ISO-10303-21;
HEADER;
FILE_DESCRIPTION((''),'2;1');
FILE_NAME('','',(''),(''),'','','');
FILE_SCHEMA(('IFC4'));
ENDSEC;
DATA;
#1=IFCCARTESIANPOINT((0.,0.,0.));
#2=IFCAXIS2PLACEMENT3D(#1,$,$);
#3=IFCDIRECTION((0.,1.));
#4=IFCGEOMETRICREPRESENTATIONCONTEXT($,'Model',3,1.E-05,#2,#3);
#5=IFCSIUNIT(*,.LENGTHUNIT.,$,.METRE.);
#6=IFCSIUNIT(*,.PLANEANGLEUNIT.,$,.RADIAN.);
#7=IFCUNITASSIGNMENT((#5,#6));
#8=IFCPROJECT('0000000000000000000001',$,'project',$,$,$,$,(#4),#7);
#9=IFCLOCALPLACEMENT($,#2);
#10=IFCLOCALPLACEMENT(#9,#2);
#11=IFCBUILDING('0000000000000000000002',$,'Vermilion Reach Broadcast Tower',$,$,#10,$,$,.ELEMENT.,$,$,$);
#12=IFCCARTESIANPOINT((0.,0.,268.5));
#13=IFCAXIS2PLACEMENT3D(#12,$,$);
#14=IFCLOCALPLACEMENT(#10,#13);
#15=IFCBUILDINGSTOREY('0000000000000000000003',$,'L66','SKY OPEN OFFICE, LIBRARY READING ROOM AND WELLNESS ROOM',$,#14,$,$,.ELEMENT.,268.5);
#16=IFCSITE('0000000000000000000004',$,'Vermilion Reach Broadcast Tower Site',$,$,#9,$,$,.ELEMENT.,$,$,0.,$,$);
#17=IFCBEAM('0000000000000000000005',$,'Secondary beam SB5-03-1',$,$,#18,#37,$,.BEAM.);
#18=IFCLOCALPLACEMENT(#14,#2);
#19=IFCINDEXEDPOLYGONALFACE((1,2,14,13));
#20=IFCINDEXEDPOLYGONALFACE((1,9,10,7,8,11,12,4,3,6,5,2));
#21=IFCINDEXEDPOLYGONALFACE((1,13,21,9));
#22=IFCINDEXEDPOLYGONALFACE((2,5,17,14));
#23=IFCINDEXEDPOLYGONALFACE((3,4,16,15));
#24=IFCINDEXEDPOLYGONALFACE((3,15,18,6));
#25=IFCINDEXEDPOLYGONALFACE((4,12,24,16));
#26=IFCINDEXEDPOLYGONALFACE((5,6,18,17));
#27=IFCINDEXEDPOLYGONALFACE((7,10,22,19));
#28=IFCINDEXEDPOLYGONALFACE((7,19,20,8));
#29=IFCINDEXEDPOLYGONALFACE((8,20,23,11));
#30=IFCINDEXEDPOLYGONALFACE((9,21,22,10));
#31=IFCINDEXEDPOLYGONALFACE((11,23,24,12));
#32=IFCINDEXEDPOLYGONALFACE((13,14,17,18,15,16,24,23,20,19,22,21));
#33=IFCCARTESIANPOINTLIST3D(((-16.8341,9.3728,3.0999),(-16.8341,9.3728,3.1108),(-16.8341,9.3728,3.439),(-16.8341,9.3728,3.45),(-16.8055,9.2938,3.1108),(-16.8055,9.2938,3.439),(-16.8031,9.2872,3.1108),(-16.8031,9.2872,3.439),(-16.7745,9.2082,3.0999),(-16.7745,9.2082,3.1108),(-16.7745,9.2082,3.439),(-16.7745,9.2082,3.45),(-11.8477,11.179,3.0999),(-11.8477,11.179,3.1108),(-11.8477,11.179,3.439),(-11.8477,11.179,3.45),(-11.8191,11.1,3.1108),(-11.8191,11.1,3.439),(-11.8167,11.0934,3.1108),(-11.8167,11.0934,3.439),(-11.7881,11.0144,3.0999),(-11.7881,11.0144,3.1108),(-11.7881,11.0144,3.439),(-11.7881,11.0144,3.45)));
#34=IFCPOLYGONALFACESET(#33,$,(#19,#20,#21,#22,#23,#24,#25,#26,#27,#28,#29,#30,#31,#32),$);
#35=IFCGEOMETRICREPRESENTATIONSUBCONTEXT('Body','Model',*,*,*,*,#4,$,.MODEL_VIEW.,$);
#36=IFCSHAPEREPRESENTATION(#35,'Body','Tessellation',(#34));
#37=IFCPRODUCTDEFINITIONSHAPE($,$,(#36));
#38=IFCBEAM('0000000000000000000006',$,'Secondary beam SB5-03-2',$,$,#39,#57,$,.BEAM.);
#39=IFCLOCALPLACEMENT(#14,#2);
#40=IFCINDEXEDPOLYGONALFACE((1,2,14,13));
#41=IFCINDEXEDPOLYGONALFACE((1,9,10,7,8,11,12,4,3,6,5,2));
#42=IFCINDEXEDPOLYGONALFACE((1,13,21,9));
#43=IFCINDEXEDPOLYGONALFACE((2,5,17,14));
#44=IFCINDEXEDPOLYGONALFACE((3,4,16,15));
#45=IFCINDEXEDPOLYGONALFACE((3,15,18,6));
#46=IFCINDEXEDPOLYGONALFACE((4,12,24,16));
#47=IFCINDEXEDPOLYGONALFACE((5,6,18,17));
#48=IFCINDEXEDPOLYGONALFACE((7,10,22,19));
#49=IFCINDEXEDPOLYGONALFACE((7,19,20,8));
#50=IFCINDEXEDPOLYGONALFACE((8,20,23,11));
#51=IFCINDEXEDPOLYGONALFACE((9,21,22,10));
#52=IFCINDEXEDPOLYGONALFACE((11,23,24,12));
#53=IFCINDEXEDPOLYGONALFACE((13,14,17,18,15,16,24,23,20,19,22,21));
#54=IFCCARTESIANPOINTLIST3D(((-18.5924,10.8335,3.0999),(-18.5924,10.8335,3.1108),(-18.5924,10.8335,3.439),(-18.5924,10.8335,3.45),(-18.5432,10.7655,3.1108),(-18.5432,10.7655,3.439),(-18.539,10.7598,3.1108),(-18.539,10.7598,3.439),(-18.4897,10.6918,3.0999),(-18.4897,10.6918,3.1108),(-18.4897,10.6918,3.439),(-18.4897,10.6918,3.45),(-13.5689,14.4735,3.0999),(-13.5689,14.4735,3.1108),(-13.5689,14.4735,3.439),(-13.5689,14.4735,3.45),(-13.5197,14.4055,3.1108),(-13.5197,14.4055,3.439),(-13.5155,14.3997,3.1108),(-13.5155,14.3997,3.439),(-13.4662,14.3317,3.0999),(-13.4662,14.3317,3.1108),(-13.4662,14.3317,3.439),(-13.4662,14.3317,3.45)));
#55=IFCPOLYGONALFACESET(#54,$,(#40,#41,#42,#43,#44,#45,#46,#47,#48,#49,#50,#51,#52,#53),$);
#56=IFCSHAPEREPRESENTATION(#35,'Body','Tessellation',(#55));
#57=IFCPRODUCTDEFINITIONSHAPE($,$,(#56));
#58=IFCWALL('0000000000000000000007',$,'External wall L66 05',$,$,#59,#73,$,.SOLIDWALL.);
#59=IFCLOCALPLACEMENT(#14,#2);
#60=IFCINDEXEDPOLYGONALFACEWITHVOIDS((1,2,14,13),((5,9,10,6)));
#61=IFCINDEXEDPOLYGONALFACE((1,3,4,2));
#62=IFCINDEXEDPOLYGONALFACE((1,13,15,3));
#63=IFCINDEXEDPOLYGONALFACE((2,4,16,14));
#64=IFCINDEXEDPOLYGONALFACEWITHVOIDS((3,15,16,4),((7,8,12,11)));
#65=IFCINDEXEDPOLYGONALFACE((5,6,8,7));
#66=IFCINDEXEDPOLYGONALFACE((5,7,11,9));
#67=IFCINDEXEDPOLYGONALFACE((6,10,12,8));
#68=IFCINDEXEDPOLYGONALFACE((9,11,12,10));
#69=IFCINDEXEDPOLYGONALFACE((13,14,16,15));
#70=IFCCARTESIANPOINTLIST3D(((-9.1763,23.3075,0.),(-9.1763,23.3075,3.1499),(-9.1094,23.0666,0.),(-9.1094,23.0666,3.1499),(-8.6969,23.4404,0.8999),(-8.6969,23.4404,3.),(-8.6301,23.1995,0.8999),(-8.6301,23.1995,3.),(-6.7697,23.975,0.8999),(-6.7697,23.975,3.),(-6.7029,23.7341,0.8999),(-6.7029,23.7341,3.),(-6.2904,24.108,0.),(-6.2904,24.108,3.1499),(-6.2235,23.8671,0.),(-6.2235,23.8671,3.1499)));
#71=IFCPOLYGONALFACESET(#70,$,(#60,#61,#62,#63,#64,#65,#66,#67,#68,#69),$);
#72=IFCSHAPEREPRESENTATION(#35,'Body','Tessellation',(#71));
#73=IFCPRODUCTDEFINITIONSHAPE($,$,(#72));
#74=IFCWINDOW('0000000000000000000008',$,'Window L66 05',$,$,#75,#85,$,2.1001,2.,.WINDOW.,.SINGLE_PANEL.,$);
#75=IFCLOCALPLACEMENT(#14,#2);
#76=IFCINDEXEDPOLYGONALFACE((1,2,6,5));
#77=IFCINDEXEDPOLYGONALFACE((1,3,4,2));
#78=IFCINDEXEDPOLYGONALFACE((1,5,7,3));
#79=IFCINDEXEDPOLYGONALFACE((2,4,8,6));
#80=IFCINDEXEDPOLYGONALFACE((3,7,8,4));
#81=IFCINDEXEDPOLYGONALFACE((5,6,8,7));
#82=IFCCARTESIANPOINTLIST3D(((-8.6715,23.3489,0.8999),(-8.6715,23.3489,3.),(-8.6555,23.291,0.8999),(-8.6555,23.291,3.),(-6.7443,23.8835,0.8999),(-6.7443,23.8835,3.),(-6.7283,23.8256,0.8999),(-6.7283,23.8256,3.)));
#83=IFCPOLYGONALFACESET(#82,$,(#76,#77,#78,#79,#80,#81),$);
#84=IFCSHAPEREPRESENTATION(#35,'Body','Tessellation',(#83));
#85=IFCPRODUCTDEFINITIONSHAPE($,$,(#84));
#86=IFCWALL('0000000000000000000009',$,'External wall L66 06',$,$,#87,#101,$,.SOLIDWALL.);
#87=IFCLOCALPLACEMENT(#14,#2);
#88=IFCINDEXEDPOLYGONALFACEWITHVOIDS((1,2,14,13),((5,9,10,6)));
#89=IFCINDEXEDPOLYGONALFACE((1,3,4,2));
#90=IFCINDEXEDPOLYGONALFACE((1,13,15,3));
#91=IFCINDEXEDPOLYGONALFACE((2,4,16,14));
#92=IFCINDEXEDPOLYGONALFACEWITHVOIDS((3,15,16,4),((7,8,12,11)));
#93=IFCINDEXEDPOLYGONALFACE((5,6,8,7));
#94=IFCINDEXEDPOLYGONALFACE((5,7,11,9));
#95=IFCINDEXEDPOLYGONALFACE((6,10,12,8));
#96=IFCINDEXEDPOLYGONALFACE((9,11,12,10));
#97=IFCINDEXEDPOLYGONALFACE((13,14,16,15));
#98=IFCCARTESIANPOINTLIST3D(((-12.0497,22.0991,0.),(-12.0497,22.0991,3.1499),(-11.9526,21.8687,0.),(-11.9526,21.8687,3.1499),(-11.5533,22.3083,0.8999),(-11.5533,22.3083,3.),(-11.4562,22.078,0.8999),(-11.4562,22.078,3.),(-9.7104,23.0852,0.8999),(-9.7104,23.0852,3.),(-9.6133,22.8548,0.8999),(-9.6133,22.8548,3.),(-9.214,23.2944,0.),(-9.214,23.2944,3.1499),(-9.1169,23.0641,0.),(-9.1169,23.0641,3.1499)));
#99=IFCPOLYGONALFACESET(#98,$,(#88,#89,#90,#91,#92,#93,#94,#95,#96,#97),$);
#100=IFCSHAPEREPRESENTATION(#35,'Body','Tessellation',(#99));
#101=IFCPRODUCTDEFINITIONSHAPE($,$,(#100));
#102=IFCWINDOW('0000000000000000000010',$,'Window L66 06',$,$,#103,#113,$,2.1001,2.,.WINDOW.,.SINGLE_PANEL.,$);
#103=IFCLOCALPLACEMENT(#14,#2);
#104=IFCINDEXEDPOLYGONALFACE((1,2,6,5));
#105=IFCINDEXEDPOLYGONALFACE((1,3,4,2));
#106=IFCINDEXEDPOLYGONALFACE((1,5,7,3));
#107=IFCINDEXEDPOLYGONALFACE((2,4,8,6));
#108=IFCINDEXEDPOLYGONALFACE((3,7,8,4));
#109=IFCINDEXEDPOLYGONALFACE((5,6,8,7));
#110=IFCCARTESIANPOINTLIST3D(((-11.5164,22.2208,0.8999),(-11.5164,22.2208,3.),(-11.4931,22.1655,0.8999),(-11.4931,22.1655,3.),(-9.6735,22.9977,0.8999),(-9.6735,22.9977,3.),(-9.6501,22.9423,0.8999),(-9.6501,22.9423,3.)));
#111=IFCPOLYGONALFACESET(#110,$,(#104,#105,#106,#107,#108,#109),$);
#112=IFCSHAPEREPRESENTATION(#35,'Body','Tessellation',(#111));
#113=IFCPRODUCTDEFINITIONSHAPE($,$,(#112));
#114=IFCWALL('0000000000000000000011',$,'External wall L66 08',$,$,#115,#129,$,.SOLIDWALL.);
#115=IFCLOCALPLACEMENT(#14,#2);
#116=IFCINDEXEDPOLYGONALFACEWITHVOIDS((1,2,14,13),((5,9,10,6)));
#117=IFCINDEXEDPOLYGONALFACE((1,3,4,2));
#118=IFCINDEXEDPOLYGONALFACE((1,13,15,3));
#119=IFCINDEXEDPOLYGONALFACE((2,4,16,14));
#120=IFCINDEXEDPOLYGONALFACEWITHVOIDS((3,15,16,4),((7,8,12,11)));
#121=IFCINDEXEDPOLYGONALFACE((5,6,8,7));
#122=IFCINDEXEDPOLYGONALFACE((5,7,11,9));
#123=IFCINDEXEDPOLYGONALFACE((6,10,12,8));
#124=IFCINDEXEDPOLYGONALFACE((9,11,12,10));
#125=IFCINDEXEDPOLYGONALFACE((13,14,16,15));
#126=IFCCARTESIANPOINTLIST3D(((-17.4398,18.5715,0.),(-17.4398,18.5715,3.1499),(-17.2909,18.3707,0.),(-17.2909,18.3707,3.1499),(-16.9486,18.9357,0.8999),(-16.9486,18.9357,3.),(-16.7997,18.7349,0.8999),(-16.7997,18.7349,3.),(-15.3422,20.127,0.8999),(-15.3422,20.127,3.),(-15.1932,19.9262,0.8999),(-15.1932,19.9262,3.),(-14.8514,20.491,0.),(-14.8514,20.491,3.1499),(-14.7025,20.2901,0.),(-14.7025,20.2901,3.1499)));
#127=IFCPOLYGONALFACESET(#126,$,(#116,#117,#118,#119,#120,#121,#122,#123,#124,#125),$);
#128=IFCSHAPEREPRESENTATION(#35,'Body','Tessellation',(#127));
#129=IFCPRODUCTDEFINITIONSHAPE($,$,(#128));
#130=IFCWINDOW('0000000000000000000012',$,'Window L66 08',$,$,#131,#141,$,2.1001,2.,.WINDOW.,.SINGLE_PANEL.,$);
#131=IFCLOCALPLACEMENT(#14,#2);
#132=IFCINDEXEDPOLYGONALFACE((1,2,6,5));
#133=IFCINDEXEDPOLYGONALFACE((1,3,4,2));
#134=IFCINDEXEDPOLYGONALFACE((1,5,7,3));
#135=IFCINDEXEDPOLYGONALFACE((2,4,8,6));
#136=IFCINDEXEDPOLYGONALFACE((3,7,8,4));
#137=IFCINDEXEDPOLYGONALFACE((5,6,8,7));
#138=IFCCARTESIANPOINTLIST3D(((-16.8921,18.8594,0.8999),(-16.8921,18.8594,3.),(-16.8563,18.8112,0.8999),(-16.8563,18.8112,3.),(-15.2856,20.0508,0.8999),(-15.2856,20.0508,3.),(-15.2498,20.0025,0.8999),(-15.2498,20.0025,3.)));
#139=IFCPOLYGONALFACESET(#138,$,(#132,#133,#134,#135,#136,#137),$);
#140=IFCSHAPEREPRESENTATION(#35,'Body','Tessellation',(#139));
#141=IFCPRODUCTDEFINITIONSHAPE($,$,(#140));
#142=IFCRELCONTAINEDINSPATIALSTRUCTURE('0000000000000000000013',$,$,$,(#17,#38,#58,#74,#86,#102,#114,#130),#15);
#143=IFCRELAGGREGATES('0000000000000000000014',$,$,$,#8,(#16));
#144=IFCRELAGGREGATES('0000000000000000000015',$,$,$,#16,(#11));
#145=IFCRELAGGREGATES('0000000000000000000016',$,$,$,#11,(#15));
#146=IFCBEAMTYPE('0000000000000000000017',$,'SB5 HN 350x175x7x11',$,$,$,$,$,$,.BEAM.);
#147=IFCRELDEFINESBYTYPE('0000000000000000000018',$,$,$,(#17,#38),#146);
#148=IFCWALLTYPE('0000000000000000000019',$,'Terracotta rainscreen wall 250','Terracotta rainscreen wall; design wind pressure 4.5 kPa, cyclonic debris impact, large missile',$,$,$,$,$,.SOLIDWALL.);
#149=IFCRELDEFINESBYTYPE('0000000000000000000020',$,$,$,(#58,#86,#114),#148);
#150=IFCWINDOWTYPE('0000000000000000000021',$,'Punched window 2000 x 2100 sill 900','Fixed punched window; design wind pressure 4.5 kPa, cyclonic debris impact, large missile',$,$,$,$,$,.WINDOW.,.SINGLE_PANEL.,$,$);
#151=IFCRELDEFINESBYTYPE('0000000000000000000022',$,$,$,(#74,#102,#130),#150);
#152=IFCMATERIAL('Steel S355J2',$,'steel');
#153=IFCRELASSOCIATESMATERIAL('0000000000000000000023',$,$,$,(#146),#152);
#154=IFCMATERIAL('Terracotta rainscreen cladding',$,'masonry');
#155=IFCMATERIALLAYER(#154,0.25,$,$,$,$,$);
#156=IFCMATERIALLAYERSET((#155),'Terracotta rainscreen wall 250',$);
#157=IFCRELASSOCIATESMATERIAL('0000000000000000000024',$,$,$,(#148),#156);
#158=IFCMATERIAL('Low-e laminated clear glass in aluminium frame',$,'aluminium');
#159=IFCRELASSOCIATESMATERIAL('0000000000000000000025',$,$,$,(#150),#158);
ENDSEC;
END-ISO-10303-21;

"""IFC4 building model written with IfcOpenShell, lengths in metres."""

from ifc_helpers import new_model, si_unit, direction, frame, frame_2d, origin, origin_2d, place, context, subcontext, project, spatial, rectangle, i_section, extrude, material, layer, layer_set, material_profile, profile_set, type_object, element, fill, save


model = new_model("IFC4")

# Units and contexts
model_context = context("Model", 3, precision=1e-05, world=origin(), true_north=direction((0.0, 1.0)))
body_context = subcontext(model_context, "Body", "Model", "MODEL_VIEW")
ifc_project = project(units=[si_unit("LENGTHUNIT", "METRE"), si_unit("PLANEANGLEUNIT", "RADIAN")], contexts=[model_context])

# Site, building, storey
site_placement = place(None, origin())
site = spatial("IfcSite", under=ifc_project, at=site_placement, Name="Vermilion Reach Broadcast Tower Site", CompositionType="ELEMENT", RefElevation=0.0)
building_placement = place(site_placement, origin())
building = spatial("IfcBuilding", under=site, at=building_placement, Name="Vermilion Reach Broadcast Tower", CompositionType="ELEMENT")
storey_placement = place(building_placement, frame((0.0, 0.0, 268.5)))
storey = spatial("IfcBuildingStorey", under=building, at=storey_placement, Name="L66", Description="SKY OPEN OFFICE, LIBRARY READING ROOM AND WELLNESS ROOM", CompositionType="ELEMENT", Elevation=268.5)

# Beams
ifc_material_1 = material(Name="Steel S355J2", Category="steel")
ifc_material_profile_1 = material_profile(ifc_material_1, i_section(OverallWidth=0.175, OverallDepth=0.3501, WebThickness=0.0071, FlangeThickness=0.011, at=origin_2d()), Name="S355J2 HN 350x175x7x11")
ifc_profile_set_1 = profile_set([ifc_material_profile_1], Name="Steel S355J2")
beam_type_1 = type_object("IfcBeamType", Name="SB5 HN 350x175x7x11", PredefinedType="BEAM", material=ifc_profile_set_1)
beam_1_placement = place(storey_placement, frame((-11.8179, 11.0967, 3.2749), z_axis=(-0.94022, -0.340567, 0.0), x_axis=(0.340567, -0.94022, 0.0)))
element("IfcBeam", 1, at=beam_1_placement, inside=storey, type_object=beam_type_1, Name="Secondary beam SB5-03-1", PredefinedType="BEAM", context=body_context, shape_type="SweptSolid", body=[
    extrude(i_section(OverallWidth=0.175, OverallDepth=0.3501, WebThickness=0.0071, FlangeThickness=0.011, at=origin_2d()), origin(), (0.0, 0.0, 1.0), 5.3035),
])
beam_2_placement = place(storey_placement, frame((-13.5176, 14.4026, 3.2749), z_axis=(-0.809771, -0.586746, 0.0), x_axis=(0.586746, -0.809771, 0.0)))
element("IfcBeam", 2, at=beam_2_placement, inside=storey, type_object=beam_type_1, Name="Secondary beam SB5-03-2", PredefinedType="BEAM", context=body_context, shape_type="SweptSolid", body=[
    extrude(i_section(OverallWidth=0.175, OverallDepth=0.3501, WebThickness=0.0071, FlangeThickness=0.011, at=origin_2d()), origin(), (0.0, 0.0, 1.0), 6.2036),
])

# Walls, openings, windows
ifc_material_2 = material(Name="Terracotta rainscreen cladding", Category="masonry")
ifc_layer = layer(ifc_material_2, 0.25)
ifc_layer_set = layer_set([ifc_layer], Name="Terracotta rainscreen wall 250")
wall_type = type_object("IfcWallType", Name="Terracotta rainscreen wall 250", Description="Terracotta rainscreen wall; design wind pressure 4.5 kPa, cyclonic debris impact, large missile", PredefinedType="SOLIDWALL", material=ifc_layer_set)
wall_1_placement = place(storey_placement, frame((-6.2568, 23.9875, 0.0), z_axis=(0.0, 0.0, 1.0), x_axis=(-0.963615, -0.267295, 0.0)))
wall_1 = element("IfcWall", 3, at=wall_1_placement, inside=storey, type_object=wall_type, Name="External wall L66 05", PredefinedType="SOLIDWALL", context=body_context, shape_type="SweptSolid", body=[
    extrude(rectangle(XDim=2.9949, YDim=0.25, at=frame_2d((1.4976, 0.0))), origin(), (0.0, 0.0, 1.0), 3.1499),
])
opening_1_placement = place(wall_1_placement, frame((0.4976, 0.0, 0.8999)))
opening_1 = element("IfcOpeningElement", 4, at=opening_1_placement, cuts=wall_1, PredefinedType="OPENING", context=body_context, shape_type="SweptSolid", body=[
    extrude(rectangle(XDim=2.0, YDim=2.1001, at=frame_2d((1.0, 1.05))), frame((0.0, 0.135, 0.0), z_axis=(0.0, -1.0, 0.0), x_axis=(1.0, 0.0, 0.0)), (0.0, 0.0, 1.0), 0.27),
])
ifc_material_3 = material(Name="Low-e laminated clear glass in aluminium frame", Category="aluminium")
window_type = type_object("IfcWindowType", Name="Punched window 2000 x 2100 sill 900", Description="Fixed punched window; design wind pressure 4.5 kPa, cyclonic debris impact, large missile", PartitioningType="SINGLE_PANEL", PredefinedType="WINDOW", material=ifc_material_3)
window_1_placement = place(opening_1_placement, origin())
window_1 = element("IfcWindow", 5, at=window_1_placement, inside=storey, type_object=window_type, Name="Window L66 05", OverallHeight=2.1001, OverallWidth=2.0, PartitioningType="SINGLE_PANEL", PredefinedType="WINDOW", context=body_context, shape_type="SweptSolid", body=[
    extrude(rectangle(XDim=2.0, YDim=2.1001, at=frame_2d((1.0, 1.05))), frame((0.0, 0.03, 0.0), z_axis=(0.0, -1.0, 0.0), x_axis=(1.0, 0.0, 0.0)), (0.0, 0.0, 1.0), 0.0601),
])
fill(opening_1, window_1)
wall_2_placement = place(storey_placement, frame((-9.1655, 23.1792, 0.0), z_axis=(0.0, 0.0, 1.0), x_axis=(-0.92148, -0.388426, 0.0)))
wall_2 = element("IfcWall", 6, at=wall_2_placement, inside=storey, type_object=wall_type, Name="External wall L66 06", PredefinedType="SOLIDWALL", context=body_context, shape_type="SweptSolid", body=[
    extrude(rectangle(XDim=3.0774, YDim=0.25, at=frame_2d((1.5386, 0.0))), origin(), (0.0, 0.0, 1.0), 3.1499),
])
opening_2_placement = place(wall_2_placement, frame((0.5386, 0.0, 0.8999)))
opening_2 = element("IfcOpeningElement", 7, at=opening_2_placement, cuts=wall_2, PredefinedType="OPENING", context=body_context, shape_type="SweptSolid", body=[
    extrude(rectangle(XDim=2.0, YDim=2.1001, at=frame_2d((1.0, 1.05))), frame((0.0, 0.135, 0.0), z_axis=(0.0, -1.0, 0.0), x_axis=(1.0, 0.0, 0.0)), (0.0, 0.0, 1.0), 0.27),
])
window_2_placement = place(opening_2_placement, origin())
window_2 = element("IfcWindow", 8, at=window_2_placement, inside=storey, type_object=window_type, Name="Window L66 06", OverallHeight=2.1001, OverallWidth=2.0, PartitioningType="SINGLE_PANEL", PredefinedType="WINDOW", context=body_context, shape_type="SweptSolid", body=[
    extrude(rectangle(XDim=2.0, YDim=2.1001, at=frame_2d((1.0, 1.05))), frame((0.0, 0.03, 0.0), z_axis=(0.0, -1.0, 0.0), x_axis=(1.0, 0.0, 0.0)), (0.0, 0.0, 1.0), 0.0601),
])
fill(opening_2, window_2)

# Wall, opening, window
wall_3_placement = place(storey_placement, frame((-14.7769, 20.3906, 0.0), z_axis=(0.0, 0.0, 1.0), x_axis=(-0.803243, -0.595651, 0.0)))
wall_3 = element("IfcWall", 9, at=wall_3_placement, inside=storey, type_object=wall_type, Name="External wall L66 08", PredefinedType="SOLIDWALL", context=body_context, shape_type="SweptSolid", body=[
    extrude(rectangle(XDim=3.2224, YDim=0.25, at=frame_2d((1.6113, 0.0))), origin(), (0.0, 0.0, 1.0), 3.1499),
])
opening_3_placement = place(wall_3_placement, frame((0.6111, 0.0, 0.8999)))
opening_3 = element("IfcOpeningElement", 10, at=opening_3_placement, cuts=wall_3, PredefinedType="OPENING", context=body_context, shape_type="SweptSolid", body=[
    extrude(rectangle(XDim=2.0, YDim=2.1001, at=frame_2d((1.0, 1.05))), frame((0.0, 0.135, 0.0), z_axis=(0.0, -1.0, 0.0), x_axis=(1.0, 0.0, 0.0)), (0.0, 0.0, 1.0), 0.27),
])
window_3_placement = place(opening_3_placement, origin())
window_3 = element("IfcWindow", 11, at=window_3_placement, inside=storey, type_object=window_type, Name="Window L66 08", OverallHeight=2.1001, OverallWidth=2.0, PartitioningType="SINGLE_PANEL", PredefinedType="WINDOW", context=body_context, shape_type="SweptSolid", body=[
    extrude(rectangle(XDim=2.0, YDim=2.1001, at=frame_2d((1.0, 1.05))), frame((0.0, 0.03, 0.0), z_axis=(0.0, -1.0, 0.0), x_axis=(1.0, 0.0, 0.0)), (0.0, 0.0, 1.0), 0.0601),
])
fill(opening_3, window_3)

save(model, "model.ifc")
